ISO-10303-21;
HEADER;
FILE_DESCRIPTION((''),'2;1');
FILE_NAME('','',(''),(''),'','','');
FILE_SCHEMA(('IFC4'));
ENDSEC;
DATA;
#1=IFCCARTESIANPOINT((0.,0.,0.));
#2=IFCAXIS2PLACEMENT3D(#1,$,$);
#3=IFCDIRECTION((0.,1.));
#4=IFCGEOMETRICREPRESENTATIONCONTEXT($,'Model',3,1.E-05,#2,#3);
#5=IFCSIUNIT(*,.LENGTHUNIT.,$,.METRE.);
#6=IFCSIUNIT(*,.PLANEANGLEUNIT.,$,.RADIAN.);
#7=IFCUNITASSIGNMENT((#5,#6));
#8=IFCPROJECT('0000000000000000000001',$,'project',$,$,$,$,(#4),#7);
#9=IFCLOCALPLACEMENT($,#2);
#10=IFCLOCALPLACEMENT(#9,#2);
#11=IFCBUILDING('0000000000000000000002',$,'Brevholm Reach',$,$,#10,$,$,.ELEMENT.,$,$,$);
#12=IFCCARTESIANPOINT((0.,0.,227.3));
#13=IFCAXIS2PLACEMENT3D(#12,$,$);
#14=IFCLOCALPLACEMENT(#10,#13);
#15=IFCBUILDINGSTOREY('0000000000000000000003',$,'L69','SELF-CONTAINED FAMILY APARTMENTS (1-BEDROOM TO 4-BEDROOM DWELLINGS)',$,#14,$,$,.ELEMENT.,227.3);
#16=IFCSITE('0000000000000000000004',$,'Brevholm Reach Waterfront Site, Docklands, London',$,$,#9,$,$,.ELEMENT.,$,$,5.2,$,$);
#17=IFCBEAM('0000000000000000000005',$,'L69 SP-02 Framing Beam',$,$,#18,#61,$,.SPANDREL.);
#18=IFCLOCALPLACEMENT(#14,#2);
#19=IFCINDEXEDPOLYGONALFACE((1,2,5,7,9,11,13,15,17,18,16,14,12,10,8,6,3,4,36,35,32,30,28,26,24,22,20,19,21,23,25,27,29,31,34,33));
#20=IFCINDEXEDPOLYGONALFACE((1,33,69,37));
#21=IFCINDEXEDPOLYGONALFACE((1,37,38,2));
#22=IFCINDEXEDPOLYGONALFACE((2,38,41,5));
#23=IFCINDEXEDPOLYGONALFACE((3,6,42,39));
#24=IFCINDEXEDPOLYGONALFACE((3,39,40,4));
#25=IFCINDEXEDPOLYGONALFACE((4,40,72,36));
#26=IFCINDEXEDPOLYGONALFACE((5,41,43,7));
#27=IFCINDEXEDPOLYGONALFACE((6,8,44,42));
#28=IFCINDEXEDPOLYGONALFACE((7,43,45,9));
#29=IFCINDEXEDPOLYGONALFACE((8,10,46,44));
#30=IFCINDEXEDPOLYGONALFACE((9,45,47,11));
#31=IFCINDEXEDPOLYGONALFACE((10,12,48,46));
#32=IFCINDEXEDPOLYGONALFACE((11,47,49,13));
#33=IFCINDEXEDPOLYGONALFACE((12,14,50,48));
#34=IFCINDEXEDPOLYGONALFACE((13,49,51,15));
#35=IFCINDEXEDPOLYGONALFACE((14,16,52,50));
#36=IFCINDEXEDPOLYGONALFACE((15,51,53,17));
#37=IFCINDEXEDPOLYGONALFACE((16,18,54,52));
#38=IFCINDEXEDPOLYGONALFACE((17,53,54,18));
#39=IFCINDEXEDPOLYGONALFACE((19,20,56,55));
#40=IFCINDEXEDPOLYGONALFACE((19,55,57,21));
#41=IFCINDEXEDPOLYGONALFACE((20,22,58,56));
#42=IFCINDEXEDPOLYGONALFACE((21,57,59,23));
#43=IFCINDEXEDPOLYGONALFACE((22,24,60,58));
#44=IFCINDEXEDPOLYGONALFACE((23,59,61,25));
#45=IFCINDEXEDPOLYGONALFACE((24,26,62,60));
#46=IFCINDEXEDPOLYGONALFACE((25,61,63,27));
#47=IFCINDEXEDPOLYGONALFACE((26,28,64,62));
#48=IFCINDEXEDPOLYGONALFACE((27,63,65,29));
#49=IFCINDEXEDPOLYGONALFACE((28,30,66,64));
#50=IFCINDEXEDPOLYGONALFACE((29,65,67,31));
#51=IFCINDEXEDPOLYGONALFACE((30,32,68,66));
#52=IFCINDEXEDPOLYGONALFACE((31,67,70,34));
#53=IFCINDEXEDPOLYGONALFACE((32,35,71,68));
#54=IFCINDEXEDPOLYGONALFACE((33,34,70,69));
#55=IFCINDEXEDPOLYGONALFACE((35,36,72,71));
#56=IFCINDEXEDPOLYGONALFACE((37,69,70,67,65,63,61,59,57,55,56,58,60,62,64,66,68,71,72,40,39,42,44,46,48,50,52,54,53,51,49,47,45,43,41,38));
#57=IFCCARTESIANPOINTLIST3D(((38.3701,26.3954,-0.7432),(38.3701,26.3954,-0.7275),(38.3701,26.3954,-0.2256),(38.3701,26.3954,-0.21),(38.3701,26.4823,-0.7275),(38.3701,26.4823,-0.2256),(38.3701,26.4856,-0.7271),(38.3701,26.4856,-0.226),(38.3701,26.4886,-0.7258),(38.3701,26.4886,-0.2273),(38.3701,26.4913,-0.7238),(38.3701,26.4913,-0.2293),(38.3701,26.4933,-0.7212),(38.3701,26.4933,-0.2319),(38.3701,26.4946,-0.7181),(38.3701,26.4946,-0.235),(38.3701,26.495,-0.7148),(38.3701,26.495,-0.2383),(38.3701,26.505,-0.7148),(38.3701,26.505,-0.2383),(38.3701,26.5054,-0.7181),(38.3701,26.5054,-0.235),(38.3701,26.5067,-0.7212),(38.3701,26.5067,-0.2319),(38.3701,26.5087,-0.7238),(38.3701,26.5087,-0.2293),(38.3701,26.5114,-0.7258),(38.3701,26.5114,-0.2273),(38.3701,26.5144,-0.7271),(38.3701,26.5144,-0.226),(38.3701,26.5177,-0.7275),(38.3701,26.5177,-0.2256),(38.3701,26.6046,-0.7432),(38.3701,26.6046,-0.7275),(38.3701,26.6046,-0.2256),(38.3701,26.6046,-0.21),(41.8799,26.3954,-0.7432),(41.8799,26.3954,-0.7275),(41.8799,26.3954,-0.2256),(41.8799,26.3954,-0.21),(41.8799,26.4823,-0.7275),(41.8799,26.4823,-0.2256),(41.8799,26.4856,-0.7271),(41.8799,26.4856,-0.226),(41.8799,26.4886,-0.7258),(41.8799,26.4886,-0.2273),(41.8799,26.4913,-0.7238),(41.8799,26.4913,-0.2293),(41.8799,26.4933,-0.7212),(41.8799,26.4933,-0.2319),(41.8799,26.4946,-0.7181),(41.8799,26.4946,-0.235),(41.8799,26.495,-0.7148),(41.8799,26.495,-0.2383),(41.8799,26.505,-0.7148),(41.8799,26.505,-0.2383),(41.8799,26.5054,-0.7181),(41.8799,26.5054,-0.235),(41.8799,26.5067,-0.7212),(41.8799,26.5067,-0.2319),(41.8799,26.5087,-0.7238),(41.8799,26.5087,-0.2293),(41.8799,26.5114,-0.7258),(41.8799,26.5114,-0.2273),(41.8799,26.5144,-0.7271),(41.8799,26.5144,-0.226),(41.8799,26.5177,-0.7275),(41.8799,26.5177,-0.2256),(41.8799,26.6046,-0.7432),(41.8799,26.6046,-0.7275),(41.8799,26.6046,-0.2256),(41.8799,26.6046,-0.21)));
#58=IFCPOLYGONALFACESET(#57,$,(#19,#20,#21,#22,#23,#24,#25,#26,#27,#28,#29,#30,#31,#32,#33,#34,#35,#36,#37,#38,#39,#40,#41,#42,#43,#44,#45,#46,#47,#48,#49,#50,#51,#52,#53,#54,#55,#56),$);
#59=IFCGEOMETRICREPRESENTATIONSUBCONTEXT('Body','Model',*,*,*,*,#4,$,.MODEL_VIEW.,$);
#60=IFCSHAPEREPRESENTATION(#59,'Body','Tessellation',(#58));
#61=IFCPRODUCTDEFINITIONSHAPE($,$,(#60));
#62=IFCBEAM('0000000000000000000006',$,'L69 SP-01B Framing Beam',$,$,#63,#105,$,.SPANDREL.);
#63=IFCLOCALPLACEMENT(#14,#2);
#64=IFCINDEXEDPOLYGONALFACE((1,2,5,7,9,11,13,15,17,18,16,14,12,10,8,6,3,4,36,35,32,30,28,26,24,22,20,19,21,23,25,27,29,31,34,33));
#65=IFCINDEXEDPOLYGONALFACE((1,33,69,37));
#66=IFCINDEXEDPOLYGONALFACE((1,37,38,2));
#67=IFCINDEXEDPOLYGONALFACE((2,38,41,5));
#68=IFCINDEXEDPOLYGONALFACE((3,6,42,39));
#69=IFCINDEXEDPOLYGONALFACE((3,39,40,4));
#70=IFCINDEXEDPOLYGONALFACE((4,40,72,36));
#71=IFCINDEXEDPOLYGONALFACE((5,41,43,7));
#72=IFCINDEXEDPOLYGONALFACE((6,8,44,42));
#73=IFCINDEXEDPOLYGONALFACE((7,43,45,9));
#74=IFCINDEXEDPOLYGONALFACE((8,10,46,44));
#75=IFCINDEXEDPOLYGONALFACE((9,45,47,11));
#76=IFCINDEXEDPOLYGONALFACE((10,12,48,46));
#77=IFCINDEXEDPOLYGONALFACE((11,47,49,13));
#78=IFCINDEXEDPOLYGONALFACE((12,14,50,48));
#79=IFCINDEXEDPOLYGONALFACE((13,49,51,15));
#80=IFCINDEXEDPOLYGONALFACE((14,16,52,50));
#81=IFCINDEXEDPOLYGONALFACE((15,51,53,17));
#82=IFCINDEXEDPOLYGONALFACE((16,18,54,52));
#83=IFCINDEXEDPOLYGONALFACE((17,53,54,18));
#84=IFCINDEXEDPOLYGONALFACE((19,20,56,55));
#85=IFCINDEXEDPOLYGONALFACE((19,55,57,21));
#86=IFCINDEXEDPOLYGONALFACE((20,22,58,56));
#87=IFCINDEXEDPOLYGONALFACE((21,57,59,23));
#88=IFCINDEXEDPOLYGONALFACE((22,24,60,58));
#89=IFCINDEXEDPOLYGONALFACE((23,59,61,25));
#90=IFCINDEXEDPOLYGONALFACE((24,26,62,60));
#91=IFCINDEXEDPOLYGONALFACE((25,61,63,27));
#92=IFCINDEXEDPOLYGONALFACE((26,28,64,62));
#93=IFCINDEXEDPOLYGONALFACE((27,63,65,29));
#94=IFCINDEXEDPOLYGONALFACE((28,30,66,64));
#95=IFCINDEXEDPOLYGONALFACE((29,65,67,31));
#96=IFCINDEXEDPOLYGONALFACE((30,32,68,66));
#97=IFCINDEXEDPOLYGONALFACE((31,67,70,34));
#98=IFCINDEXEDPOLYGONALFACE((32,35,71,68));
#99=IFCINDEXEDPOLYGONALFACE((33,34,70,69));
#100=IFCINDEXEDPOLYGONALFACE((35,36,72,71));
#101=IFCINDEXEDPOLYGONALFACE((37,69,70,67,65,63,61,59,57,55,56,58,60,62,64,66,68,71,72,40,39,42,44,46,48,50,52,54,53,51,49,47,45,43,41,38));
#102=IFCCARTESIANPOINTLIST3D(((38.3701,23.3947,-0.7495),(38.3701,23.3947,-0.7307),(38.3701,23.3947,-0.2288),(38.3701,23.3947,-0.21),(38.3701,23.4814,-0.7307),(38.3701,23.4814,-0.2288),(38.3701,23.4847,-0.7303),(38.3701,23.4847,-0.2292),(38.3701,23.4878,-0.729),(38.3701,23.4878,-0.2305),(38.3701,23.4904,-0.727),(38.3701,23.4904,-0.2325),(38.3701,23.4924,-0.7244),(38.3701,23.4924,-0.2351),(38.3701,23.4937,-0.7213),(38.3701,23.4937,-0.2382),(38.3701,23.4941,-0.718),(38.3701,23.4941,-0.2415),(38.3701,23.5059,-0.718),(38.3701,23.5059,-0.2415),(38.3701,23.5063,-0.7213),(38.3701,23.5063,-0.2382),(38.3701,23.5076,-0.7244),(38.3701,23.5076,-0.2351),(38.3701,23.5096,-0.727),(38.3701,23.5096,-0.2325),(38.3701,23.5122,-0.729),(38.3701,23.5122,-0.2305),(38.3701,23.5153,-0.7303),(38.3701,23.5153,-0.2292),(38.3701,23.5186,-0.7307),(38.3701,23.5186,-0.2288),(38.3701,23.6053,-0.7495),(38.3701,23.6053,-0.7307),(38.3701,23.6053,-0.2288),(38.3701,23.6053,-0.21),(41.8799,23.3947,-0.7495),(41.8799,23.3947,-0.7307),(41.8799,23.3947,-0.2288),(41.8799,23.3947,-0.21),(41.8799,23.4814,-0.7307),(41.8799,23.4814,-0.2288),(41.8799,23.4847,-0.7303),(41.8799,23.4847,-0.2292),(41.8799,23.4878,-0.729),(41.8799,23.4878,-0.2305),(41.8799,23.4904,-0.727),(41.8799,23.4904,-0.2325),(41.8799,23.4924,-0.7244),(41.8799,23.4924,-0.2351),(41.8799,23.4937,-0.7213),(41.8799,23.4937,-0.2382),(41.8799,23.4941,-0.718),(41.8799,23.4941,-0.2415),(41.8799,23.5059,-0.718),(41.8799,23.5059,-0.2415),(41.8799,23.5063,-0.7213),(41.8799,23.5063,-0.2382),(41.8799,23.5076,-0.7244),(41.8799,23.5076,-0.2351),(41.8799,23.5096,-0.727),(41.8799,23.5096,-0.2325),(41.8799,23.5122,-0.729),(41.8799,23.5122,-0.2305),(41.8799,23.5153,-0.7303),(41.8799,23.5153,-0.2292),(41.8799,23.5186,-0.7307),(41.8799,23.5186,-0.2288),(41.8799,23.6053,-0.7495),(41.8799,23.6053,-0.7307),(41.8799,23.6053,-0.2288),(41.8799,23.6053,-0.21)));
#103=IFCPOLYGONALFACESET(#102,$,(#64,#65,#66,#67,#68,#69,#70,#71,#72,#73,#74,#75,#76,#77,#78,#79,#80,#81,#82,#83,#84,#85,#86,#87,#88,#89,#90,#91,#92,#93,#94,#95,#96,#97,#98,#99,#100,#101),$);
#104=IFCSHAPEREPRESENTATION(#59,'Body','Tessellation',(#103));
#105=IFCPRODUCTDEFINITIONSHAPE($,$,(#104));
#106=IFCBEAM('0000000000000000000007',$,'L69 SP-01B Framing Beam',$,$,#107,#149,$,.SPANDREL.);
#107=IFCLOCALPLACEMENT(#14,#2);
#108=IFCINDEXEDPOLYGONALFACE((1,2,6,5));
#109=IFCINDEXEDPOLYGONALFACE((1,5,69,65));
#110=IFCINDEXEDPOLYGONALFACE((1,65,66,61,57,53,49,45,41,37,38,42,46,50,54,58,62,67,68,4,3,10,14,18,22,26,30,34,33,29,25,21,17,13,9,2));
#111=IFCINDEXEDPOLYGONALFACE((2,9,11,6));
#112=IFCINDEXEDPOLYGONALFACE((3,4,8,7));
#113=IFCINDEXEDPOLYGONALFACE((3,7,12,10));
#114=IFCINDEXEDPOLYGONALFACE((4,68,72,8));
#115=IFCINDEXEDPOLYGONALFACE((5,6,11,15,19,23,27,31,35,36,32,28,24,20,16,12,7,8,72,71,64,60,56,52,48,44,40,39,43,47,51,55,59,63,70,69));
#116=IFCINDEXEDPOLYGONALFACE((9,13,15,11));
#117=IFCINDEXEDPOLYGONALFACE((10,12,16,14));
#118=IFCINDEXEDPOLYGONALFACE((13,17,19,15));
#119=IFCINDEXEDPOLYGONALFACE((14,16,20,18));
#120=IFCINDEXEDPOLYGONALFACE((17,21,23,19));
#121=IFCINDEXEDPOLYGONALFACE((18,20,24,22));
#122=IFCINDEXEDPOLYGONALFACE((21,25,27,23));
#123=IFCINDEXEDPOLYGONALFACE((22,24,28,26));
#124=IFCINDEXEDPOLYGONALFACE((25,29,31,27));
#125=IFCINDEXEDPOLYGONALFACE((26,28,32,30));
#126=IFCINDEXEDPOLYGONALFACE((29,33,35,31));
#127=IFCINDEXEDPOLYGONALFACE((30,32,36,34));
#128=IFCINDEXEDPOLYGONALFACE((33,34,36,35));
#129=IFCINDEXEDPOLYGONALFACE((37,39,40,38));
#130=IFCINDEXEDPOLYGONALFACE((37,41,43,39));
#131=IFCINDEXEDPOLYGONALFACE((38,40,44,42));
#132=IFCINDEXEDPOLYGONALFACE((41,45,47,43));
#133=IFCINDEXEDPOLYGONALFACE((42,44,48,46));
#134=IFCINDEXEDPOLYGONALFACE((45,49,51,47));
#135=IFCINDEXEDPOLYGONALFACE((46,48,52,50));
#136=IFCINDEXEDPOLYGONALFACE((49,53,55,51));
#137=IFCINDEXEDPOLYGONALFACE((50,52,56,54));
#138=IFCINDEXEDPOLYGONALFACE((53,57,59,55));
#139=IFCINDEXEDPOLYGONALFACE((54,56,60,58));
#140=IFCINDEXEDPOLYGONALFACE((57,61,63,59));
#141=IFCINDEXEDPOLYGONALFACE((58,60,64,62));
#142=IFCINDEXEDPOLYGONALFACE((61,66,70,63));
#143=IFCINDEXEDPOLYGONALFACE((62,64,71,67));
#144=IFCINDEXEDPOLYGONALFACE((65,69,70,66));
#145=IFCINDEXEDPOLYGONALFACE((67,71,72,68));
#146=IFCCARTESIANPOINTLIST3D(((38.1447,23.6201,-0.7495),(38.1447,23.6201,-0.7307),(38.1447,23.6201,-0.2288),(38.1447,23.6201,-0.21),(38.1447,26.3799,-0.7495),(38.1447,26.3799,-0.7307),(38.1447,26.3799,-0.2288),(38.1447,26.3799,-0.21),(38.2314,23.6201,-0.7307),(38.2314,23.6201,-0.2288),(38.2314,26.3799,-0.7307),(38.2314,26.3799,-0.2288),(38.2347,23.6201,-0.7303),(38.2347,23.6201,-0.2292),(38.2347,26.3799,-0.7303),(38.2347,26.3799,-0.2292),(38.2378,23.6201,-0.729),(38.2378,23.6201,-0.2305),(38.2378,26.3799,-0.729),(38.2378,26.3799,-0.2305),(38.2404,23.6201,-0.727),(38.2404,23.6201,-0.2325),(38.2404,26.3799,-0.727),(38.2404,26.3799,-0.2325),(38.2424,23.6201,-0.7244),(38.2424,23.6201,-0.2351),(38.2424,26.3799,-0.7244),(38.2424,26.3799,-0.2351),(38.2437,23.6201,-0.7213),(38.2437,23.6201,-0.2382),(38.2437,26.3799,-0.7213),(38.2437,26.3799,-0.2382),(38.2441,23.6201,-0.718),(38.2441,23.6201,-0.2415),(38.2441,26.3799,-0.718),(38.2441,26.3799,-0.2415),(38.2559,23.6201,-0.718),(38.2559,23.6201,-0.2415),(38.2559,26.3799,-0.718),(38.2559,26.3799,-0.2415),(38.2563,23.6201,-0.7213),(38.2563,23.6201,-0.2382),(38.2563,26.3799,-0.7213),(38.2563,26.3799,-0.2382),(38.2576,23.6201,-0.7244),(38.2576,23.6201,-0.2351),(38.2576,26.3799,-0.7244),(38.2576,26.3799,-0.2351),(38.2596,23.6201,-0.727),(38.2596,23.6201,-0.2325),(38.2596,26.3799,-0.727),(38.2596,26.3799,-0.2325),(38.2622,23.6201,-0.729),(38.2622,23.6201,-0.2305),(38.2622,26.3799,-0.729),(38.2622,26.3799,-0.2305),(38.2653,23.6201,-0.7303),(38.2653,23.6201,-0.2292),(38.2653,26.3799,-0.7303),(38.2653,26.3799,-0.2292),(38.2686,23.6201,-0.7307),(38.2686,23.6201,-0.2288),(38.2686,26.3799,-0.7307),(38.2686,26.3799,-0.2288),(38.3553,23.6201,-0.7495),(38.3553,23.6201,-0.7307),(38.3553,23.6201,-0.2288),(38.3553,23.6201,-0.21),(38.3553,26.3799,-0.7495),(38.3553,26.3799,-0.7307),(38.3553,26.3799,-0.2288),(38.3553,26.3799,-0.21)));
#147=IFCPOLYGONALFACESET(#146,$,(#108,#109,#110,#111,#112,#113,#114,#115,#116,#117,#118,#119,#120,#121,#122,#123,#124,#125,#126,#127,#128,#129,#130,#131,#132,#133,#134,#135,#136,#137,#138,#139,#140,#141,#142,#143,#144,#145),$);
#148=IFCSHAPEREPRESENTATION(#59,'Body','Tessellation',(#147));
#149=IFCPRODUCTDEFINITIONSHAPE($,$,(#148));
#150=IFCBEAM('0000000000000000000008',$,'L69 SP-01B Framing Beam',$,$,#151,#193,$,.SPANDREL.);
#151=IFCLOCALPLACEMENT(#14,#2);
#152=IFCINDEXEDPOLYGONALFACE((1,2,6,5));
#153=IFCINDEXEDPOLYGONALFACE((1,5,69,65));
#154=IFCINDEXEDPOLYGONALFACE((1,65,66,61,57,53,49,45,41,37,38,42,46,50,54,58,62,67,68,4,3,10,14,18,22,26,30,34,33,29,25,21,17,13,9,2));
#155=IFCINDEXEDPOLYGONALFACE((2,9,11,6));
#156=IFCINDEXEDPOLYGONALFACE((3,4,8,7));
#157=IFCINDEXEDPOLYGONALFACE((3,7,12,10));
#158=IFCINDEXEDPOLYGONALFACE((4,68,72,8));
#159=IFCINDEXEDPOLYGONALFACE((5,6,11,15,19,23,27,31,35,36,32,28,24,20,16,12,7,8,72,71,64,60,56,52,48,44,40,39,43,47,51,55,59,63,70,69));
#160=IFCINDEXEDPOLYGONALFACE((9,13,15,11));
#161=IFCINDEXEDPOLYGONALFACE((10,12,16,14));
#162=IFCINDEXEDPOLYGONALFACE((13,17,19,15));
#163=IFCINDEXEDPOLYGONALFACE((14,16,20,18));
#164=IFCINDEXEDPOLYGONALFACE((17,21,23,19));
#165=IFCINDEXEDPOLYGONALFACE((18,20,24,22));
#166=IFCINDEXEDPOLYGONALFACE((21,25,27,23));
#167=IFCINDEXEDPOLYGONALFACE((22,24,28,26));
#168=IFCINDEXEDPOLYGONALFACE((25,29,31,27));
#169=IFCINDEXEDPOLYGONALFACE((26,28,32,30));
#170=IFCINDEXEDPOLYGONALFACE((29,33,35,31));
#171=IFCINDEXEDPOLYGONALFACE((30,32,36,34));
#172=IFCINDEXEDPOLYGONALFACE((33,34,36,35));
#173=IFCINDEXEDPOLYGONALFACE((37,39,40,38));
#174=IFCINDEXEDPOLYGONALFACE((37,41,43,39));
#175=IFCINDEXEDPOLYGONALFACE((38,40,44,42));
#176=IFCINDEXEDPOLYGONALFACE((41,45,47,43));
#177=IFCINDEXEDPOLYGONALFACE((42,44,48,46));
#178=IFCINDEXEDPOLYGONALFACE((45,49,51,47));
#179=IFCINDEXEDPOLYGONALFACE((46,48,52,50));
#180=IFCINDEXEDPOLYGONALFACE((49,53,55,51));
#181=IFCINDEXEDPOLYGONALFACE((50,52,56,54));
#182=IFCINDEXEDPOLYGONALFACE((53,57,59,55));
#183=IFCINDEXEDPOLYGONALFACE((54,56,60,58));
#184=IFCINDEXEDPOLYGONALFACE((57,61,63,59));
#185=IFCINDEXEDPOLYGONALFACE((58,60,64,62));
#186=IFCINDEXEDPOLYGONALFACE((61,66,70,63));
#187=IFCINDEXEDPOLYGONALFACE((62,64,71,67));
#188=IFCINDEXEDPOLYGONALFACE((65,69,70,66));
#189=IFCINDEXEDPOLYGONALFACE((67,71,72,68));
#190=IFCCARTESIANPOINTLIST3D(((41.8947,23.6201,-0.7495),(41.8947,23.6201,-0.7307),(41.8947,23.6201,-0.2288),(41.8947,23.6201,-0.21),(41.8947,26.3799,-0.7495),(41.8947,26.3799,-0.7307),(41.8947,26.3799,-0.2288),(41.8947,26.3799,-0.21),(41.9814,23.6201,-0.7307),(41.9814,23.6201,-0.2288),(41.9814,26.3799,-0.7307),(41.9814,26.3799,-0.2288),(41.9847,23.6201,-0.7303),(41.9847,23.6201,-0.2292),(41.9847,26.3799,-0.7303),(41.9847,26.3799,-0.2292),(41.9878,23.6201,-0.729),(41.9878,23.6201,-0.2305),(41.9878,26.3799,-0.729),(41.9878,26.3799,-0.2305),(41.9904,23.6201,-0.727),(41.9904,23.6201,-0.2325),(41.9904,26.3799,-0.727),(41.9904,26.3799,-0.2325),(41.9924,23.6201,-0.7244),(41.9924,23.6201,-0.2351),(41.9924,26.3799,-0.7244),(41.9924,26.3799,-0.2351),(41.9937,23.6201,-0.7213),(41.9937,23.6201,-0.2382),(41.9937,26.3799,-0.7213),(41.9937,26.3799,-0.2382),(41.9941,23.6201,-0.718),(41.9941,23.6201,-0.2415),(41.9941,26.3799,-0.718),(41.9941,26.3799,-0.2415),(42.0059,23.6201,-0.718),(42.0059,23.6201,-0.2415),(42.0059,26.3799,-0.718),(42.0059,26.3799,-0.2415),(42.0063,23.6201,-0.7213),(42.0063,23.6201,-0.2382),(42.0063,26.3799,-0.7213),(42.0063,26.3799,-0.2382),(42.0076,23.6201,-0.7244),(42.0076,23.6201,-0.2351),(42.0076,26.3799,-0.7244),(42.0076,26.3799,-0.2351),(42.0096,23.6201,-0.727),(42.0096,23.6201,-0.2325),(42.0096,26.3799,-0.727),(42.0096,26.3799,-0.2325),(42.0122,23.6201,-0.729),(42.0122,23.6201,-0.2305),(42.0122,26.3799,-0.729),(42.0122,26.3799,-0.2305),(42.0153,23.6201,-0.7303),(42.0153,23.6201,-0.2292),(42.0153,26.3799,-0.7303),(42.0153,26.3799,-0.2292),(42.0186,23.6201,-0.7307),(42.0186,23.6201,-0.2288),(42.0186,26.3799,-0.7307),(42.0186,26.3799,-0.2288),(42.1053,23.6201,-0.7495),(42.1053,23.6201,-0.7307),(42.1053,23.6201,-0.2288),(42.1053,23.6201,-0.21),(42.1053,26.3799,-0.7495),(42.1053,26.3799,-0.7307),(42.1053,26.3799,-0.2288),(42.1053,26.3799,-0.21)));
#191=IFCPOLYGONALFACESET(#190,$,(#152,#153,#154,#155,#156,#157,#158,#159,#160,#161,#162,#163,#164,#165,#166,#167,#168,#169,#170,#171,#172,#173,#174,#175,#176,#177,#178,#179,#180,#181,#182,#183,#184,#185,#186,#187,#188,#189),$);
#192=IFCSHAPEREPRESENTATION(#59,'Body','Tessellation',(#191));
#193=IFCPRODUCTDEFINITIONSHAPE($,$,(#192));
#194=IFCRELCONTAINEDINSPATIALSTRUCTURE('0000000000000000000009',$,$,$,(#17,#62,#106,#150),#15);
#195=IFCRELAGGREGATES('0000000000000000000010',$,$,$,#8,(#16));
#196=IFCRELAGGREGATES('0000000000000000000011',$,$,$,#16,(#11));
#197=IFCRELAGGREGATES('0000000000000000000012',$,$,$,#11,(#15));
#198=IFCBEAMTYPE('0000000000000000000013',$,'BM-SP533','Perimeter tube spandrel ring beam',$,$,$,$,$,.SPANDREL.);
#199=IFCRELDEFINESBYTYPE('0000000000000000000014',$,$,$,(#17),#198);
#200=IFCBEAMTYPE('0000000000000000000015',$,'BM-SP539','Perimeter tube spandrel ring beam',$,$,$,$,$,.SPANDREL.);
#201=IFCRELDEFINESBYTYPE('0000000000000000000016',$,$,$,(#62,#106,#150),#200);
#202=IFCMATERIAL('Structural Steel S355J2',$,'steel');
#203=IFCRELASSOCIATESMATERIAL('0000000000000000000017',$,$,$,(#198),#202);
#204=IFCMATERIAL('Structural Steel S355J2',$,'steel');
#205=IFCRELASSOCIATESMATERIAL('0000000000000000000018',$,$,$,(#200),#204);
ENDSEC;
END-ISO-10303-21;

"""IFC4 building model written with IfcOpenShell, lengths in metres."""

from ifc_helpers import new_model, si_unit, direction, frame, origin, origin_2d, place, context, subcontext, project, spatial, i_section, extrude, material, material_profile, profile_set, type_object, element, save


model = new_model("IFC4")

# Units and contexts
model_context = context("Model", 3, precision=1e-05, world=origin(), true_north=direction((0.0, 1.0)))
body_context = subcontext(model_context, "Body", "Model", "MODEL_VIEW")
ifc_project = project(units=[si_unit("LENGTHUNIT", "METRE"), si_unit("PLANEANGLEUNIT", "RADIAN")], contexts=[model_context])

# Site, building, storey
site_placement = place(None, origin())
site = spatial("IfcSite", under=ifc_project, at=site_placement, Name="Brevholm Reach Waterfront Site, Docklands, London", CompositionType="ELEMENT", RefElevation=5.2)
building_placement = place(site_placement, origin())
building = spatial("IfcBuilding", under=site, at=building_placement, Name="Brevholm Reach", CompositionType="ELEMENT")
storey_placement = place(building_placement, frame((0.0, 0.0, 227.3)))
storey = spatial("IfcBuildingStorey", under=building, at=storey_placement, Name="L69", Description="SELF-CONTAINED FAMILY APARTMENTS (1-BEDROOM TO 4-BEDROOM DWELLINGS)", CompositionType="ELEMENT", Elevation=227.3)

# Beams
ifc_material_1 = material(Name="Structural Steel S355J2", Category="steel")
ifc_material_profile_1 = material_profile(ifc_material_1, i_section(OverallWidth=0.2092, OverallDepth=0.5332, WebThickness=0.01, FlangeThickness=0.0156, FilletRadius=0.0127, at=origin_2d()), Name="UKB 533x210x92")
ifc_profile_set_1 = profile_set([ifc_material_profile_1], Name="Structural Steel S355J2")
beam_type_1 = type_object("IfcBeamType", Name="BM-SP533", Description="Perimeter tube spandrel ring beam", PredefinedType="SPANDREL", material=ifc_profile_set_1)
beam_1_placement = place(storey_placement, frame((38.3701, 26.5, -0.4766), z_axis=(1.0, 0.0, 0.0), x_axis=(0.0, 1.0, 0.0)))
element("IfcBeam", 1, at=beam_1_placement, inside=storey, type_object=beam_type_1, Name="L69 SP-02 Framing Beam", PredefinedType="SPANDREL", context=body_context, shape_type="SweptSolid", body=[
    extrude(i_section(OverallWidth=0.2092, OverallDepth=0.5332, WebThickness=0.01, FlangeThickness=0.0156, FilletRadius=0.0127, at=origin_2d()), origin(), (0.0, 0.0, 1.0), 3.5098),
])
ifc_material_2 = material(Name="Structural Steel S355J2", Category="steel")
ifc_material_profile_2 = material_profile(ifc_material_2, i_section(OverallWidth=0.2107, OverallDepth=0.5396, WebThickness=0.0117, FlangeThickness=0.0188, FilletRadius=0.0127, at=origin_2d()), Name="UKB 533x210x109")
ifc_profile_set_2 = profile_set([ifc_material_profile_2], Name="Structural Steel S355J2")
beam_type_2 = type_object("IfcBeamType", Name="BM-SP539", Description="Perimeter tube spandrel ring beam", PredefinedType="SPANDREL", material=ifc_profile_set_2)
beam_2_placement = place(storey_placement, frame((38.3701, 23.5, -0.4797), z_axis=(1.0, 0.0, 0.0), x_axis=(0.0, 1.0, 0.0)))
element("IfcBeam", 2, at=beam_2_placement, inside=storey, type_object=beam_type_2, Name="L69 SP-01B Framing Beam", PredefinedType="SPANDREL", context=body_context, shape_type="SweptSolid", body=[
    extrude(i_section(OverallWidth=0.2107, OverallDepth=0.5396, WebThickness=0.0117, FlangeThickness=0.0188, FilletRadius=0.0127, at=origin_2d()), origin(), (0.0, 0.0, 1.0), 3.5098),
])
for number, where, z_axis, x_axis, name in (
    (3, (38.25, 23.6201, -0.4797), (0.0, 1.0, 0.0), (-1.0, 0.0, 0.0), "L69 SP-01B Framing Beam"),
    (4, (42.0, 23.6201, -0.4797), (0.0, 1.0, 0.0), (-1.0, 0.0, 0.0), "L69 SP-01B Framing Beam"),
):
    element("IfcBeam", number, at=place(storey_placement, frame(where, z_axis=z_axis, x_axis=x_axis)), inside=storey, type_object=beam_type_2, Name=name, PredefinedType="SPANDREL", context=body_context, shape_type="SweptSolid", body=[
        extrude(i_section(OverallWidth=0.2107, OverallDepth=0.5396, WebThickness=0.0117, FlangeThickness=0.0188, FilletRadius=0.0127, at=origin_2d()), origin(), (0.0, 0.0, 1.0), 2.7598),
    ])

save(model, "model.ifc")
